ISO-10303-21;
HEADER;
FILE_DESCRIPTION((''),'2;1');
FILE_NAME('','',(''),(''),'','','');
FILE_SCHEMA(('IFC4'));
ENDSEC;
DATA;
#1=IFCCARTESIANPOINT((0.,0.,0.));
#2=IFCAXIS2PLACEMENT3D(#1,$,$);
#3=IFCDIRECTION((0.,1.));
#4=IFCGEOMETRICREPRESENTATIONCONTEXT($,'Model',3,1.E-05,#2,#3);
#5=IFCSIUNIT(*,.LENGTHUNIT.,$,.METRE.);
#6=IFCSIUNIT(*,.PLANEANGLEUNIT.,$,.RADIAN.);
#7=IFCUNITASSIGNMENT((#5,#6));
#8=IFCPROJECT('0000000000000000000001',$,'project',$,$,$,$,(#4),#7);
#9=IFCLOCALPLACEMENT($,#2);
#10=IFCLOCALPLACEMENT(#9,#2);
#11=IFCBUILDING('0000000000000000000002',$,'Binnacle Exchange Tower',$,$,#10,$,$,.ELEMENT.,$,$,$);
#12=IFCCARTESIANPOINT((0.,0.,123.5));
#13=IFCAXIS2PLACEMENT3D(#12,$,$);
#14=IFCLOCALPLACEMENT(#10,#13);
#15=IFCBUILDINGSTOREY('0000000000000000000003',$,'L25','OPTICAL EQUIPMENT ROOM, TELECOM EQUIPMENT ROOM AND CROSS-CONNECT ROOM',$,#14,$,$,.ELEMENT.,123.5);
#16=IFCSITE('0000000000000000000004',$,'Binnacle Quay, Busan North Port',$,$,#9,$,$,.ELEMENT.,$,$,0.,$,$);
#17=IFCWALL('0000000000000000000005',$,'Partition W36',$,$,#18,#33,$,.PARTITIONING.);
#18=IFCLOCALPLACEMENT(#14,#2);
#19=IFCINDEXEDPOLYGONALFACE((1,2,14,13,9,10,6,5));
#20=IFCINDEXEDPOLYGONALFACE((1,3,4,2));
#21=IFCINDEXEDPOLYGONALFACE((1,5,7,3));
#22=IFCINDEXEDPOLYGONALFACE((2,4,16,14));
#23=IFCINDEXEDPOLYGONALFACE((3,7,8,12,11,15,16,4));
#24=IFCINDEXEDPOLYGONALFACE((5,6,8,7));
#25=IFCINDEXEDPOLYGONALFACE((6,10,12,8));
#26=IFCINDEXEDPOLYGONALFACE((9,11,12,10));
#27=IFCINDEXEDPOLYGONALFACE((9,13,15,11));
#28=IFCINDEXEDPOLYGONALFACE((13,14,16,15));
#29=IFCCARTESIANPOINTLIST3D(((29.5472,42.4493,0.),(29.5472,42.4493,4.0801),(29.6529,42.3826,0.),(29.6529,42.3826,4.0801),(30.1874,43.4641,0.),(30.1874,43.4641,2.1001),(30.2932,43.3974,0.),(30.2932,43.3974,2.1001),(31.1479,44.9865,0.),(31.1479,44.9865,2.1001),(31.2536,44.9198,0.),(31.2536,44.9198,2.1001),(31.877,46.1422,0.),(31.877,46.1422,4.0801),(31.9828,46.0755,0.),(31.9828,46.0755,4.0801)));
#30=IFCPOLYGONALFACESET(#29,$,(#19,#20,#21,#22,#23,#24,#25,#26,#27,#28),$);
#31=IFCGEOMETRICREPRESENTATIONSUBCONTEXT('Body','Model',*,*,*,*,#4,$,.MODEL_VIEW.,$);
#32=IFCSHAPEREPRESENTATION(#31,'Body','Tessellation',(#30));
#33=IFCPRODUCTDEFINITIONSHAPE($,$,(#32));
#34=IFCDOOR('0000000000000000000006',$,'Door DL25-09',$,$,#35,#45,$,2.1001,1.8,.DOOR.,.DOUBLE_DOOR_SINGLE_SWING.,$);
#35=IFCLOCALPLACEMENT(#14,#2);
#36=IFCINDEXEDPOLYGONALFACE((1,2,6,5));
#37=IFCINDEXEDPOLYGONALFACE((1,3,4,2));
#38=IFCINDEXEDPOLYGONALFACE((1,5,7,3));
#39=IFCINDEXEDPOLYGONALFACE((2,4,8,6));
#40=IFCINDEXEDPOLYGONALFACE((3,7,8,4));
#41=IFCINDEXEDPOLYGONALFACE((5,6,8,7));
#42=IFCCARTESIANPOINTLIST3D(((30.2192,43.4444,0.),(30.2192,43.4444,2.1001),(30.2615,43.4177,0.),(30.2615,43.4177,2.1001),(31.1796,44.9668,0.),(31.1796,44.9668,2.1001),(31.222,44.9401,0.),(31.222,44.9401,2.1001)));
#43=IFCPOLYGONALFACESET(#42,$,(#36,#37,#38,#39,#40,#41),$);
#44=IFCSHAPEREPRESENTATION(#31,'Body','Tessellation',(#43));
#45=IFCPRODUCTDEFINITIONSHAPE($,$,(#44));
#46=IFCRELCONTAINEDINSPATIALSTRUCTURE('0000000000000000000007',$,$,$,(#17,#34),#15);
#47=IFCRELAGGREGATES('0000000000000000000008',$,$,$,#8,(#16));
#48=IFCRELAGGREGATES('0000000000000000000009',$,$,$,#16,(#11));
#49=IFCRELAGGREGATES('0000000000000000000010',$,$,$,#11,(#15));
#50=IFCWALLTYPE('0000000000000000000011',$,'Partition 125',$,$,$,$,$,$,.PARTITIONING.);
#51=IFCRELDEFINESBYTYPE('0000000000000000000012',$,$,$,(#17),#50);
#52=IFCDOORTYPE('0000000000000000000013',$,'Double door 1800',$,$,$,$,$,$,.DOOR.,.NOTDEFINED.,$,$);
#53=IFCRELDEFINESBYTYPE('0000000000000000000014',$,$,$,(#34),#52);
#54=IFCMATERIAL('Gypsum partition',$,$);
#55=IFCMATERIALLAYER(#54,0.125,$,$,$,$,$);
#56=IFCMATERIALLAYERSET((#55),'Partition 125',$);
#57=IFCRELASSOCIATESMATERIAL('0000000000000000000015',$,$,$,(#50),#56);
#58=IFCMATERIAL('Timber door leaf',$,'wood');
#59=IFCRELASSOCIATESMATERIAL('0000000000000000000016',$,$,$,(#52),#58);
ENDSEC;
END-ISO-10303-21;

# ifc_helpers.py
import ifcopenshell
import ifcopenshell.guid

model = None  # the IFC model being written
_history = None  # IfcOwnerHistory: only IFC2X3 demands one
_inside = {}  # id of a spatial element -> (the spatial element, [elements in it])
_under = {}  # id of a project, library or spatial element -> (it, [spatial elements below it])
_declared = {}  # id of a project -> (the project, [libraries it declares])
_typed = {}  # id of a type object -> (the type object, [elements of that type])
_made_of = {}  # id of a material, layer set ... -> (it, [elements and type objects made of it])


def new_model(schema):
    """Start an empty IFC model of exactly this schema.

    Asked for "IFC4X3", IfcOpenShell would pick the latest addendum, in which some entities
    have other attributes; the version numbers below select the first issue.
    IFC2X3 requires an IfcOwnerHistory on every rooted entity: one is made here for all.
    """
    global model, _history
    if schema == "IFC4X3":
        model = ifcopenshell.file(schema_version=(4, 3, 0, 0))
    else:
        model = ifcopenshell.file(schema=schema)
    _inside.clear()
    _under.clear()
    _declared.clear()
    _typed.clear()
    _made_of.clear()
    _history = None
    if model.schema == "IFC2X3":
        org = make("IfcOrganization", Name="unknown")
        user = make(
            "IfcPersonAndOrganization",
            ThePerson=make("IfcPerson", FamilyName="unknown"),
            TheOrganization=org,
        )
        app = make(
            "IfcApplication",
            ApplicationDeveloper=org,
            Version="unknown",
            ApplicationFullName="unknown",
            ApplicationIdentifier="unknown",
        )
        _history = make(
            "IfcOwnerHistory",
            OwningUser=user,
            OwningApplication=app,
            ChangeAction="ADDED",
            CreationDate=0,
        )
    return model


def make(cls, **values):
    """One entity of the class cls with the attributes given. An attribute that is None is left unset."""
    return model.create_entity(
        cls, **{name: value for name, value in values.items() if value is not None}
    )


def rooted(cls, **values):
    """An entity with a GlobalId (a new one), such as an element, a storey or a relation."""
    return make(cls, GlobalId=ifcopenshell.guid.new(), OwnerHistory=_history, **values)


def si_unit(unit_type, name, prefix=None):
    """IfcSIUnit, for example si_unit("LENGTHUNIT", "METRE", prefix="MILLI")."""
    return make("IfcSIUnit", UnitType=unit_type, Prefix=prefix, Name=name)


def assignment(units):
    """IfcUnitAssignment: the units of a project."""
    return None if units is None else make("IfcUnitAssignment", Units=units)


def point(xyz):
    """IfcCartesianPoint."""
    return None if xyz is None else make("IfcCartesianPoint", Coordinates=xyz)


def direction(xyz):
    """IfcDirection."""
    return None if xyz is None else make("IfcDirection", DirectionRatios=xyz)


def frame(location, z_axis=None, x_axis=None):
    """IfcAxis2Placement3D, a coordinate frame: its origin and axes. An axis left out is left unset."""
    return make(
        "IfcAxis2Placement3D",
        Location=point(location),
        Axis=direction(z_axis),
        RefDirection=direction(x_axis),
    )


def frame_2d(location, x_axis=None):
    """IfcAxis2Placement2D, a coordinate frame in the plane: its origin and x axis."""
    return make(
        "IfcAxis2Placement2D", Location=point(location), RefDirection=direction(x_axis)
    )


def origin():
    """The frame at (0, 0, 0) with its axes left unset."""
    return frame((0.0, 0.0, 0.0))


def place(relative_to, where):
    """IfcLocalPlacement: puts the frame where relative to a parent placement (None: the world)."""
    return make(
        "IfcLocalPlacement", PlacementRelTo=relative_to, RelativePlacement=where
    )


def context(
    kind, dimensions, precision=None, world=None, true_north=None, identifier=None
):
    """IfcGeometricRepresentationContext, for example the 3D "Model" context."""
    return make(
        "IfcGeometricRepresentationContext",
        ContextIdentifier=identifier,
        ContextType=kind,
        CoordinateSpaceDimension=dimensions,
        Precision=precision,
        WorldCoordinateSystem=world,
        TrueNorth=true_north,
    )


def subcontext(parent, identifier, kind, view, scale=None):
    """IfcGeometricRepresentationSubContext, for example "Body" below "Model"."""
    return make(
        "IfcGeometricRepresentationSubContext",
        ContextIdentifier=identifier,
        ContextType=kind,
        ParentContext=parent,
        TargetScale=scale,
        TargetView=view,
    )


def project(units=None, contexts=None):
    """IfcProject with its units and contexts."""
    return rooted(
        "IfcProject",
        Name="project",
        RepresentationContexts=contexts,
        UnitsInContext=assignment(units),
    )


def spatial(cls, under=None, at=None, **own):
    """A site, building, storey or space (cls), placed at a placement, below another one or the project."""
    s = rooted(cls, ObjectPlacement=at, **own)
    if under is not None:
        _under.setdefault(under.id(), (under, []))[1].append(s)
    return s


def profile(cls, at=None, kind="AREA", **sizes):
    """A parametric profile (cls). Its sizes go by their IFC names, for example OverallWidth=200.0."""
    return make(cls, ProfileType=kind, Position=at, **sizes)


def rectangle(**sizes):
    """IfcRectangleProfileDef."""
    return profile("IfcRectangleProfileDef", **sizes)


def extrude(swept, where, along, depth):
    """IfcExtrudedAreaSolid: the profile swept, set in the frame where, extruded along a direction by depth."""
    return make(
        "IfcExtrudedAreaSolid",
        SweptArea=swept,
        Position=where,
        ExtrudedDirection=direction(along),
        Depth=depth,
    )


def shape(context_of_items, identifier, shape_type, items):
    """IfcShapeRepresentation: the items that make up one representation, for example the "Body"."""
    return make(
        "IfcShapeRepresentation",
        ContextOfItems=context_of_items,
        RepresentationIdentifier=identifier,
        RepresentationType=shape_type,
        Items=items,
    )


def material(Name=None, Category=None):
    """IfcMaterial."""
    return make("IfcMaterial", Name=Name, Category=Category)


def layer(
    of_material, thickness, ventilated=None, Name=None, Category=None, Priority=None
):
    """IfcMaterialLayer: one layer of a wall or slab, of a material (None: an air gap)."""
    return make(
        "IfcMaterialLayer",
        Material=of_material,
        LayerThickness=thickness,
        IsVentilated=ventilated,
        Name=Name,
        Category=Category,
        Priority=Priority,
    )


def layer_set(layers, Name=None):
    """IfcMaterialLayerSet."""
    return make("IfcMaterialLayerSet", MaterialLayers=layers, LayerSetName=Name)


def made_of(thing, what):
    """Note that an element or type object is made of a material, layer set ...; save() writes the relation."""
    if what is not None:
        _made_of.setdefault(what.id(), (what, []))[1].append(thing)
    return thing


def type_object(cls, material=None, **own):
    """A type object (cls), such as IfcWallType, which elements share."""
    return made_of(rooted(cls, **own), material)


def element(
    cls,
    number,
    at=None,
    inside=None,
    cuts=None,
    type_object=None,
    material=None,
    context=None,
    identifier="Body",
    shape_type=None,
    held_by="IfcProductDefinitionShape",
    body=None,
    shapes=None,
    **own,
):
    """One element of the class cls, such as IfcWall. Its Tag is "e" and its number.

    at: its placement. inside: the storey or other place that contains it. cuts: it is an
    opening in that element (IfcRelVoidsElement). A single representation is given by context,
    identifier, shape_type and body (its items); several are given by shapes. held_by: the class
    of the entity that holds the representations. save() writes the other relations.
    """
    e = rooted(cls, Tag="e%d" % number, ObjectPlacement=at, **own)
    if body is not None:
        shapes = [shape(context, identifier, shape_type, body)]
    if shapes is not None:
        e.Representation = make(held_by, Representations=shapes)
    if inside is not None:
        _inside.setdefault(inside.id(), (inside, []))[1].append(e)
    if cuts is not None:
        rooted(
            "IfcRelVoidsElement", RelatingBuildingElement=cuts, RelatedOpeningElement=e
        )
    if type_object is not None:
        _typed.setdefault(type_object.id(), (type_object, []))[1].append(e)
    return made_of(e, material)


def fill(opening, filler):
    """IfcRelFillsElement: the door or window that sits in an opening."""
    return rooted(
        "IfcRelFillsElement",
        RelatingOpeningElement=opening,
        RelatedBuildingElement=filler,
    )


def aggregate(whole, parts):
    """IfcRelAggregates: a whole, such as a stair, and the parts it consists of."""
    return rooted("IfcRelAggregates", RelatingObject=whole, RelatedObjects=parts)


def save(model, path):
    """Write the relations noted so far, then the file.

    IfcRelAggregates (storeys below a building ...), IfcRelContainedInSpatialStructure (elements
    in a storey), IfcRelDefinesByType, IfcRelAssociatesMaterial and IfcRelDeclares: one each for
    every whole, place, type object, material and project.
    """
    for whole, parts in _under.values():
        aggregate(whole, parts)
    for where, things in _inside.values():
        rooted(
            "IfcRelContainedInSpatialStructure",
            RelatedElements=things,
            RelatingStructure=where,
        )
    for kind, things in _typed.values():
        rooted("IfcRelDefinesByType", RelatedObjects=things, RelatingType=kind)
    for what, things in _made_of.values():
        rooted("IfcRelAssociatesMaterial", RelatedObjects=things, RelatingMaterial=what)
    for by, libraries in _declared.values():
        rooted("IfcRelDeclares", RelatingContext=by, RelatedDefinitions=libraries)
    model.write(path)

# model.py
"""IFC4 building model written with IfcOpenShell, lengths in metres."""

from ifc_helpers import new_model, si_unit, direction, frame, frame_2d, origin, place, context, subcontext, project, spatial, rectangle, extrude, material, layer, layer_set, type_object, element, fill, save


model = new_model("IFC4")

# Units and contexts
model_context = context("Model", 3, precision=1e-05, world=origin(), true_north=direction((0.0, 1.0)))
body_context = subcontext(model_context, "Body", "Model", "MODEL_VIEW")
ifc_project = project(units=[si_unit("LENGTHUNIT", "METRE"), si_unit("PLANEANGLEUNIT", "RADIAN")], contexts=[model_context])

# Site, building, storey
site_placement = place(None, origin())
site = spatial("IfcSite", under=ifc_project, at=site_placement, Name="Binnacle Quay, Busan North Port", CompositionType="ELEMENT", RefElevation=0.0)
building_placement = place(site_placement, origin())
building = spatial("IfcBuilding", under=site, at=building_placement, Name="Binnacle Exchange Tower", CompositionType="ELEMENT")
storey_placement = place(building_placement, frame((0.0, 0.0, 123.5)))
storey = spatial("IfcBuildingStorey", under=building, at=storey_placement, Name="L25", Description="OPTICAL EQUIPMENT ROOM, TELECOM EQUIPMENT ROOM AND CROSS-CONNECT ROOM", CompositionType="ELEMENT", Elevation=123.5)

# Shared definitions
ifc_material_1 = material(Name="Gypsum partition")
ifc_layer_1 = layer(ifc_material_1, 0.125)
ifc_layer_set_1 = layer_set([ifc_layer_1], Name="Partition 125")
wall_type_1 = type_object("IfcWallType", Name="Partition 125", PredefinedType="PARTITIONING", material=ifc_layer_set_1)

# Wall, opening, door
wall_1_placement = place(storey_placement, frame((29.6001, 42.416, 0.0), z_axis=(0.0, 0.0, 1.0), x_axis=(0.533583, 0.845748, 0.0)))
wall_1 = element("IfcWall", 1, at=wall_1_placement, inside=storey, type_object=wall_type_1, Name="Partition W36", PredefinedType="PARTITIONING", context=body_context, shape_type="SweptSolid", body=[
    extrude(rectangle(XDim=4.3665, YDim=0.125, at=frame_2d((2.1831, 0.0))), origin(), (0.0, 0.0, 1.0), 4.0801),
])
opening_1_placement = place(wall_1_placement, frame((1.2, 0.0, 0.0)))
opening_1 = element("IfcOpeningElement", 2, at=opening_1_placement, cuts=wall_1, PredefinedType="OPENING", context=body_context, shape_type="SweptSolid", body=[
    extrude(rectangle(XDim=1.8, YDim=2.1001, at=frame_2d((0.8999, 1.05))), frame((0.0, 0.0725, 0.0), z_axis=(0.0, -1.0, 0.0), x_axis=(1.0, 0.0, 0.0)), (0.0, 0.0, 1.0), 0.145),
])
ifc_material_2 = material(Name="Timber door leaf", Category="wood")
door_type_1 = type_object("IfcDoorType", Name="Double door 1800", OperationType="NOTDEFINED", PredefinedType="DOOR", material=ifc_material_2)
door_1_placement = place(opening_1_placement, frame((1.8, 0.0, 0.0), z_axis=(0.0, 0.0, 1.0), x_axis=(-1.0, 0.0, 0.0)))
door_1 = element("IfcDoor", 3, at=door_1_placement, inside=storey, type_object=door_type_1, Name="Door DL25-09", OperationType="DOUBLE_DOOR_SINGLE_SWING", OverallHeight=2.1001, OverallWidth=1.8, PredefinedType="DOOR", context=body_context, shape_type="SweptSolid", body=[
    extrude(rectangle(XDim=1.8, YDim=2.1001, at=frame_2d((0.8999, 1.05))), frame((0.0, 0.0249, 0.0), z_axis=(0.0, -1.0, 0.0), x_axis=(1.0, 0.0, 0.0)), (0.0, 0.0, 1.0), 0.05),
])
fill(opening_1, door_1)

save(model, "model.ifc")
